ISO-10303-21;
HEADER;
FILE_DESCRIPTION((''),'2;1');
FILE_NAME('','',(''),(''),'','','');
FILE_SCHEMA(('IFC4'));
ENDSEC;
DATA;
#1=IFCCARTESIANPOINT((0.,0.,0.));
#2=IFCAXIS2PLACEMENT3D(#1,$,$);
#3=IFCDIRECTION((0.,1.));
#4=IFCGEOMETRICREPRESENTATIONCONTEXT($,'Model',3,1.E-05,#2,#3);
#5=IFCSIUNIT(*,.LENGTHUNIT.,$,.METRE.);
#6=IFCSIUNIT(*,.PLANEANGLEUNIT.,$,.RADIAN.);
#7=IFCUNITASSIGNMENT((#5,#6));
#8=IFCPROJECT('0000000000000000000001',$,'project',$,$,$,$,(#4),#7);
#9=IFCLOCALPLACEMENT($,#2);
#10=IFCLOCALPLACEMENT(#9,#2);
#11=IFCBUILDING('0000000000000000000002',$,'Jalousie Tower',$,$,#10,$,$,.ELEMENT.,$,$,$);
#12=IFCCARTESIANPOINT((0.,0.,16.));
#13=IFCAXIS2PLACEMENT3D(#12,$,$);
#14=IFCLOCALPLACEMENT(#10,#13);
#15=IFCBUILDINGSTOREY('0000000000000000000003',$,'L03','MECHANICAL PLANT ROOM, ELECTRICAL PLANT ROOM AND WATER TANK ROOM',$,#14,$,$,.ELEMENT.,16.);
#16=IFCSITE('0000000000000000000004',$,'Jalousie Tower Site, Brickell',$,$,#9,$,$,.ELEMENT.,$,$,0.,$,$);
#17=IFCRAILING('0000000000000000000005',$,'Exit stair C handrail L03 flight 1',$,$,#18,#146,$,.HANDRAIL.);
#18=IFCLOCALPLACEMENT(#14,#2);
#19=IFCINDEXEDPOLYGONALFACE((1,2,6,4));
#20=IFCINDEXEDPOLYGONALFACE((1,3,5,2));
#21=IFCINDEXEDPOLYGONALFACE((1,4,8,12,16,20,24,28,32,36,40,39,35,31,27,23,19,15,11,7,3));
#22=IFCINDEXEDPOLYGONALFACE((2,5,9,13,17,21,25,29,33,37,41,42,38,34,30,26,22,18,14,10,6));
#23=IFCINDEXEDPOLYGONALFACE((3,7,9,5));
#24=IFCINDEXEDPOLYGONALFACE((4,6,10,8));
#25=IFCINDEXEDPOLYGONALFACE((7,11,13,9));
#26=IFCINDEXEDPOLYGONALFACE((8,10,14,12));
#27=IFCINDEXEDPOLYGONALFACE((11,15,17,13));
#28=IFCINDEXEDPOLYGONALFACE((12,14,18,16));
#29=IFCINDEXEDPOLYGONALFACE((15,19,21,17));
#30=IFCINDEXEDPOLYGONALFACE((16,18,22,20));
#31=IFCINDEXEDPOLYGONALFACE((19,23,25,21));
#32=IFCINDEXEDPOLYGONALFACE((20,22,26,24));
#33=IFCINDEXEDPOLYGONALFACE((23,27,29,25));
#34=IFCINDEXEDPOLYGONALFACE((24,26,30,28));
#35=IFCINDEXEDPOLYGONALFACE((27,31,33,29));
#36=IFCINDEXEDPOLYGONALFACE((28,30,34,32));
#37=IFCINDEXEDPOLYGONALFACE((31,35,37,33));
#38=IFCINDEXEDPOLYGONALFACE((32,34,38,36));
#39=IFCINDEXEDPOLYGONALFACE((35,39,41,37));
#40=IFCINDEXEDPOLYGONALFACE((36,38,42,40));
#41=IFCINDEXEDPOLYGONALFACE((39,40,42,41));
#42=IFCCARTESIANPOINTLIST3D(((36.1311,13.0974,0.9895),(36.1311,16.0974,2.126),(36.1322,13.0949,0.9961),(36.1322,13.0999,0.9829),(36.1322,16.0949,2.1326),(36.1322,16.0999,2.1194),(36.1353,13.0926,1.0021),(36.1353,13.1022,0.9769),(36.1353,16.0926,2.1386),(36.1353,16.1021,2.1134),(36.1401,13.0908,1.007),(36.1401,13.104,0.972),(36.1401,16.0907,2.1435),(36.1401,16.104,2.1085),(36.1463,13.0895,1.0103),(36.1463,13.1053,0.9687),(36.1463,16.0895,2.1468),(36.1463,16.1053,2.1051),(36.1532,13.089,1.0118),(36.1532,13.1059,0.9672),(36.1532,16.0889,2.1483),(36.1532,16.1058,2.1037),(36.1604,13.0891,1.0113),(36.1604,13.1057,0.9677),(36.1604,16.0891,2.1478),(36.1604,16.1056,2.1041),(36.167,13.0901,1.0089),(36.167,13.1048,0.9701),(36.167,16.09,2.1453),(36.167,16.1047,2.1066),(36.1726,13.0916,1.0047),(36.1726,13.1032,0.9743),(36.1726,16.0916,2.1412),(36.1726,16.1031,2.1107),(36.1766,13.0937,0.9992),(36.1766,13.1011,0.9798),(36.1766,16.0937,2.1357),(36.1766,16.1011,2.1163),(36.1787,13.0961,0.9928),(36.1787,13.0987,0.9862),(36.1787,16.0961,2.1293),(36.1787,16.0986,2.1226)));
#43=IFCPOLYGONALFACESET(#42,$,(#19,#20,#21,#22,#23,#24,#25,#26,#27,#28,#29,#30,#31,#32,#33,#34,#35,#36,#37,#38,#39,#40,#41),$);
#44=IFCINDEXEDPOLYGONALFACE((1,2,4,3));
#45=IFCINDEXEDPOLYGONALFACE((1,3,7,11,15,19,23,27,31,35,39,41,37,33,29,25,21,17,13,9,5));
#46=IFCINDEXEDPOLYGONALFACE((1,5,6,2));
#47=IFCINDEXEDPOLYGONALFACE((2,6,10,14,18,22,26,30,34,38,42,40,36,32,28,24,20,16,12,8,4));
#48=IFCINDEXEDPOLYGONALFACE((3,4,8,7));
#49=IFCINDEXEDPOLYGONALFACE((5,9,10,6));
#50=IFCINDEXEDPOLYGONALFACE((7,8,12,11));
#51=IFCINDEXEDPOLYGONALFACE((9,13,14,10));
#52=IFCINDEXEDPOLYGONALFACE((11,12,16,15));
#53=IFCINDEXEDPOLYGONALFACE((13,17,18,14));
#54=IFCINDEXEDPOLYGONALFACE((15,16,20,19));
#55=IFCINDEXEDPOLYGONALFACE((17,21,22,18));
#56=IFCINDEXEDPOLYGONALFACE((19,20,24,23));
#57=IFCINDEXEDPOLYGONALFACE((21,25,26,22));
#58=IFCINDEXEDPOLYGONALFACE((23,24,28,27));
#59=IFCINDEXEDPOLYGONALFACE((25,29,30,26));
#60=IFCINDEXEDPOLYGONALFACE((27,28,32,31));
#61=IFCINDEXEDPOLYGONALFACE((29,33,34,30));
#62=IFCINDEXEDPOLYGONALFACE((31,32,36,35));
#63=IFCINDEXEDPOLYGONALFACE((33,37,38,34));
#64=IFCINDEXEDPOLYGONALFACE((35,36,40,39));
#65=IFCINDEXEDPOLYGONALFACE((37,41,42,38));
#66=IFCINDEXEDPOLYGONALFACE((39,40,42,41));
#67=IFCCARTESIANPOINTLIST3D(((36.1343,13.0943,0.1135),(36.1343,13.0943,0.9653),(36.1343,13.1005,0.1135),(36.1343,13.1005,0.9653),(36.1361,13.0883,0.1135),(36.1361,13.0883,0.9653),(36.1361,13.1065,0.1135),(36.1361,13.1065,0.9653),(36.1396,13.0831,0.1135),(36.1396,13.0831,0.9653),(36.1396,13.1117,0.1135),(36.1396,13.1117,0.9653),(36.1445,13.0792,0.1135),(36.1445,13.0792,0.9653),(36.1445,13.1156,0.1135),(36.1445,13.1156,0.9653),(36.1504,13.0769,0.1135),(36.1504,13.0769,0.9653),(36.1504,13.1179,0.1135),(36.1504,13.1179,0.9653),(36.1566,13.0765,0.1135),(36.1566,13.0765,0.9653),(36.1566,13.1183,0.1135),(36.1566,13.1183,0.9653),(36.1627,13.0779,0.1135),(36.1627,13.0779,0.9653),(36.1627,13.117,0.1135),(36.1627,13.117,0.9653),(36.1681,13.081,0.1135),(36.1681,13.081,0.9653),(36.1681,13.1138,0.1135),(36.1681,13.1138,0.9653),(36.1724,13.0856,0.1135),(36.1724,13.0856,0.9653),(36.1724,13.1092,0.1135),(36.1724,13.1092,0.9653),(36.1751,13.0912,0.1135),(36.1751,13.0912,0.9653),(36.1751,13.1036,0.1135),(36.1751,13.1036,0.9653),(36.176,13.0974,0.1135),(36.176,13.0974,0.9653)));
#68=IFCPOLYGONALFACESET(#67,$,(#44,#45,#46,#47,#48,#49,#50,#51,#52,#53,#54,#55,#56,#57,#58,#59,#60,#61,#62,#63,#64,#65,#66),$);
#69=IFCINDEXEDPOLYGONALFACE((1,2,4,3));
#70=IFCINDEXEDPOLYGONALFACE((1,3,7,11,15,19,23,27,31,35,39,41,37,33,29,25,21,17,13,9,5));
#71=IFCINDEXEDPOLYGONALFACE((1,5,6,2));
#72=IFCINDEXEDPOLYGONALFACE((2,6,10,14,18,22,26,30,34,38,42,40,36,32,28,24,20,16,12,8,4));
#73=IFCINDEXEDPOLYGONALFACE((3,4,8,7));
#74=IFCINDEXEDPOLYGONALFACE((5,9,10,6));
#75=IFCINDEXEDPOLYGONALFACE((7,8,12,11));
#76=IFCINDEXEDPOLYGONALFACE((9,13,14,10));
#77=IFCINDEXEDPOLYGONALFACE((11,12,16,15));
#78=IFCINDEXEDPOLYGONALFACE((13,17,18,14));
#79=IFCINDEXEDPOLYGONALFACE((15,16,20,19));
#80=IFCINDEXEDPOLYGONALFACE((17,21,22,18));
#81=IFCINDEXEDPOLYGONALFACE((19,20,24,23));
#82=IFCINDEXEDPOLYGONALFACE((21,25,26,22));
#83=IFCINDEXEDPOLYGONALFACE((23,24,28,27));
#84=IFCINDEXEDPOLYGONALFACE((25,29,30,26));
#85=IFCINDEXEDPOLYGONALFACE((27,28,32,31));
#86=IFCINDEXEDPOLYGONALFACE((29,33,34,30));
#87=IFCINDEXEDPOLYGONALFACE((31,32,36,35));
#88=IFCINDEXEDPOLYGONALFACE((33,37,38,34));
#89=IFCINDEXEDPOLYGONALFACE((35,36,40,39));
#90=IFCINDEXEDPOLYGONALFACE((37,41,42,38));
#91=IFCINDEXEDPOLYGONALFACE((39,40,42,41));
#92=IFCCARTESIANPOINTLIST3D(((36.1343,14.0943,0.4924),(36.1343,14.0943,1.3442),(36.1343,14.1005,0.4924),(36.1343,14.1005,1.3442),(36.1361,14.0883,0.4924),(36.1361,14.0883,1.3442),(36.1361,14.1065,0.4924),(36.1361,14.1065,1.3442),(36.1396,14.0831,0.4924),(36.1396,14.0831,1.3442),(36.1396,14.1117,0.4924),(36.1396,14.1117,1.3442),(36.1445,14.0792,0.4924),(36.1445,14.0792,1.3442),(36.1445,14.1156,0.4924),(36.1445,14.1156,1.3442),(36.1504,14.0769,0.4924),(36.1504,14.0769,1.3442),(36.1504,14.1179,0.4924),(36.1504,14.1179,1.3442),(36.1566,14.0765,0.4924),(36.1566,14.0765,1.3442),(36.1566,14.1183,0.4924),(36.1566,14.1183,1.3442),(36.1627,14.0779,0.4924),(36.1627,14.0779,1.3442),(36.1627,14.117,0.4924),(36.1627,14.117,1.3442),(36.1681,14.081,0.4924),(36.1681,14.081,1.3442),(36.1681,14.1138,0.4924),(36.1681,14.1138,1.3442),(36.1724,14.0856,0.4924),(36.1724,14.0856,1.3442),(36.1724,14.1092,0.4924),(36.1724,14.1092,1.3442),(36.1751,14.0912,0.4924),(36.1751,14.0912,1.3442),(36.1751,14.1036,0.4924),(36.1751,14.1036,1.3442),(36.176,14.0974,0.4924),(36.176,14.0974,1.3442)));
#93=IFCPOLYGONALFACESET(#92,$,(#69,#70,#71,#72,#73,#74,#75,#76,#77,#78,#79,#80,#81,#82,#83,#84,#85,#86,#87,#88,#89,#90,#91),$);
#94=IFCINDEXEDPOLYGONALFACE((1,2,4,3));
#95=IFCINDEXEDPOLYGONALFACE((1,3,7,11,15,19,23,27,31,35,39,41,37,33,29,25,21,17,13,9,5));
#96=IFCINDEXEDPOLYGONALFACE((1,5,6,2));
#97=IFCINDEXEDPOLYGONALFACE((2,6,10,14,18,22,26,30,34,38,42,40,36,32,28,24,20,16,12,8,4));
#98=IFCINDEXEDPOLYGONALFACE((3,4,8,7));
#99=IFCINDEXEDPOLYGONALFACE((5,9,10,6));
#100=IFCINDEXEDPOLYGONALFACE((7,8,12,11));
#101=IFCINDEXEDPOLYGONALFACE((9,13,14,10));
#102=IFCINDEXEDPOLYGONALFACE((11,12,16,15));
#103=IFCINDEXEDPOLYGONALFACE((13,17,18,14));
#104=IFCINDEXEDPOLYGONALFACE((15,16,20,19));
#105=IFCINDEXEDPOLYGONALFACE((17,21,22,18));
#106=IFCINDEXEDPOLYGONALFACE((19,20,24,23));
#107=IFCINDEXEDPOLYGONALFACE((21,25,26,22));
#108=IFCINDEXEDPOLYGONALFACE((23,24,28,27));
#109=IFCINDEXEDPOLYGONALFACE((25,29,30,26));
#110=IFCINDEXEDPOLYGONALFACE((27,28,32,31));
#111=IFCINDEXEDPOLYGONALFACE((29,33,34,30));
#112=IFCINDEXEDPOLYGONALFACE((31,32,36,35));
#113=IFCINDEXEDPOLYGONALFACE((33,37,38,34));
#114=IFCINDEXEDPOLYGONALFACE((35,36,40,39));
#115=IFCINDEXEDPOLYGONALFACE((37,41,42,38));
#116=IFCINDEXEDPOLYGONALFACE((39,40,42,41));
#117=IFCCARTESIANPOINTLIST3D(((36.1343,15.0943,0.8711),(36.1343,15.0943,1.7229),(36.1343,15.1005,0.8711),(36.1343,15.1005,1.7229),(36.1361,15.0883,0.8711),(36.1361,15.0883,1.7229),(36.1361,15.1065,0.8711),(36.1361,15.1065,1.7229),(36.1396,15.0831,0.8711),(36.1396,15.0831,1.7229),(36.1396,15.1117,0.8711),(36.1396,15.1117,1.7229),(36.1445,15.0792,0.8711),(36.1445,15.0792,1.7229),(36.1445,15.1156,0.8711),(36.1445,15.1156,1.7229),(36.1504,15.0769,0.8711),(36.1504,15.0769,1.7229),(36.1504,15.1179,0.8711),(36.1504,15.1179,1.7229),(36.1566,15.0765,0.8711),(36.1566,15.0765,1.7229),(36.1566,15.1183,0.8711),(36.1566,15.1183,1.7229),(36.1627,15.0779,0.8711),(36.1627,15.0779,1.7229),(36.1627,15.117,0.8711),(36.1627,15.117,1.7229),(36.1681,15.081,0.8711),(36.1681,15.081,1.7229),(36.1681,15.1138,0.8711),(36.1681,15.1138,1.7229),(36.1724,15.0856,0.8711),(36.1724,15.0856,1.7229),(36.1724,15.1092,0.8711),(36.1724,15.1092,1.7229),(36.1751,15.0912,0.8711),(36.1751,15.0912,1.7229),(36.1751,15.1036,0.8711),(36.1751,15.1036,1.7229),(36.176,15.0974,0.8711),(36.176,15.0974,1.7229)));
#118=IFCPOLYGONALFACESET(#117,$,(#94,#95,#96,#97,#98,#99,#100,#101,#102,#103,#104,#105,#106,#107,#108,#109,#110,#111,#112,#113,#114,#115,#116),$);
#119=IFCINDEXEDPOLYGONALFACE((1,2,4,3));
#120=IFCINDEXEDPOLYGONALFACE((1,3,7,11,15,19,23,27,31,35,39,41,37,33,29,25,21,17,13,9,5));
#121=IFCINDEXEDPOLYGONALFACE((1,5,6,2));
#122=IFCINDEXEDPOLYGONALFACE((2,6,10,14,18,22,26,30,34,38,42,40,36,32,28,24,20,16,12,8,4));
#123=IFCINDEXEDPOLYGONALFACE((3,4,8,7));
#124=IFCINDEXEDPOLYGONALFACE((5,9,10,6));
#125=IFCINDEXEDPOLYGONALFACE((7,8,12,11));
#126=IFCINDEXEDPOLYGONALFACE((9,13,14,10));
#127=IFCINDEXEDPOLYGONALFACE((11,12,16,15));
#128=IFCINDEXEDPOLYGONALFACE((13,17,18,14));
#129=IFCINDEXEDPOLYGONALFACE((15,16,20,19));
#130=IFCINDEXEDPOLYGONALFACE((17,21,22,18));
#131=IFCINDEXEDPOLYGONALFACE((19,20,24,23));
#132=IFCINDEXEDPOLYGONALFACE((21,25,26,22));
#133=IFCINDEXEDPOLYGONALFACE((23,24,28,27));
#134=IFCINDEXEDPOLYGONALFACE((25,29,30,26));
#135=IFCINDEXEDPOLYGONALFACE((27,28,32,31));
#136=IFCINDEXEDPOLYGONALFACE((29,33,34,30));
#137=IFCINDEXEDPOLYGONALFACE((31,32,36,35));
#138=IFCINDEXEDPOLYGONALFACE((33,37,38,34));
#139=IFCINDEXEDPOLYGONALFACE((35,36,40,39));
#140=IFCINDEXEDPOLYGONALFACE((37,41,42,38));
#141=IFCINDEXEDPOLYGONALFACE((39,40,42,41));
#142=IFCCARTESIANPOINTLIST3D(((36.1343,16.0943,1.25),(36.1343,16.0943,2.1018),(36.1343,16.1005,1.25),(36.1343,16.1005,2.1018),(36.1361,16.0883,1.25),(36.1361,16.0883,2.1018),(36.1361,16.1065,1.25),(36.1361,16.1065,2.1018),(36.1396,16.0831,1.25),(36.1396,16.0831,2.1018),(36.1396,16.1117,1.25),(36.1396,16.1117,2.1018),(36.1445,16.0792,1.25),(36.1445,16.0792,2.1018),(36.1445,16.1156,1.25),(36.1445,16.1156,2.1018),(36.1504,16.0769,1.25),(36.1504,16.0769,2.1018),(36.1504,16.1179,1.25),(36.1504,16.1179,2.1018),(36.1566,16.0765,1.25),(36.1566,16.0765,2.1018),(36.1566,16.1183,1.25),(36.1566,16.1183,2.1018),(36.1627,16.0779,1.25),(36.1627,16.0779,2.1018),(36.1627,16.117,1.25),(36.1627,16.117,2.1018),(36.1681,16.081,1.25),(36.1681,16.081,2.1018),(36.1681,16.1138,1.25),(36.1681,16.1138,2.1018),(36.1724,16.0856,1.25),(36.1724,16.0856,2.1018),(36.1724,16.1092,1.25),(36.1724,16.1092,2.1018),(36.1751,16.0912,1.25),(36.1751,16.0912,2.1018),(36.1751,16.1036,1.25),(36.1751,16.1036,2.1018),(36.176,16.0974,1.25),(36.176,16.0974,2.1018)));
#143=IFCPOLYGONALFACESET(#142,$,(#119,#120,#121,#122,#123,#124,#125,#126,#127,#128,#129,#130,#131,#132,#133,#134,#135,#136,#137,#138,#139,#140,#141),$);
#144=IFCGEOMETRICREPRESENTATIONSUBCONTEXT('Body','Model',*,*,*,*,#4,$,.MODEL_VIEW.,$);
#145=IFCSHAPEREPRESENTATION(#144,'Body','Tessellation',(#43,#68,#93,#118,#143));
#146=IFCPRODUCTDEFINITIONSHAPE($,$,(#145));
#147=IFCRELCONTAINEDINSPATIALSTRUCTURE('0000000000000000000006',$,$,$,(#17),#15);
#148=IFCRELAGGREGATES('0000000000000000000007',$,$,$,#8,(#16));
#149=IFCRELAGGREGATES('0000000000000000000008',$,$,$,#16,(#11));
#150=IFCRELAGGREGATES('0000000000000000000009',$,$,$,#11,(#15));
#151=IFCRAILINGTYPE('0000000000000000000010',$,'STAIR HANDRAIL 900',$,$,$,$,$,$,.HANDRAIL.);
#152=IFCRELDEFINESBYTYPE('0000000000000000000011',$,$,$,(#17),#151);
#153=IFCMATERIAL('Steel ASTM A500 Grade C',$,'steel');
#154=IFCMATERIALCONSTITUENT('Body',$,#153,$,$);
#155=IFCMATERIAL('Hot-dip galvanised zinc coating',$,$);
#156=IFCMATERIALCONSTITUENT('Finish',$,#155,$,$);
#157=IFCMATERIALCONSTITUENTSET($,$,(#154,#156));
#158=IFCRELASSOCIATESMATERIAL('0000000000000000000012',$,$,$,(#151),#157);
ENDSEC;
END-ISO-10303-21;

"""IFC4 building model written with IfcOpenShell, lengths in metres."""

from ifc_helpers import new_model, si_unit, direction, frame, origin, origin_2d, place, context, subcontext, project, spatial, circle, extrude, material, constituent, constituent_set, type_object, element, save


model = new_model("IFC4")

# Units and contexts
model_context = context("Model", 3, precision=1e-05, world=origin(), true_north=direction((0.0, 1.0)))
body_context = subcontext(model_context, "Body", "Model", "MODEL_VIEW")
ifc_project = project(units=[si_unit("LENGTHUNIT", "METRE"), si_unit("PLANEANGLEUNIT", "RADIAN")], contexts=[model_context])

# Site, building, storey
site_placement = place(None, origin())
site = spatial("IfcSite", under=ifc_project, at=site_placement, Name="Jalousie Tower Site, Brickell", CompositionType="ELEMENT", RefElevation=0.0)
building_placement = place(site_placement, origin())
building = spatial("IfcBuilding", under=site, at=building_placement, Name="Jalousie Tower", CompositionType="ELEMENT")
storey_placement = place(building_placement, frame((0.0, 0.0, 16.0)))
storey = spatial("IfcBuildingStorey", under=building, at=storey_placement, Name="L03", Description="MECHANICAL PLANT ROOM, ELECTRICAL PLANT ROOM AND WATER TANK ROOM", CompositionType="ELEMENT", Elevation=16.0)

# Railing
ifc_material_1 = material(Name="Steel ASTM A500 Grade C", Category="steel")
ifc_constituent_1 = constituent(ifc_material_1, Name="Body")
ifc_material_2 = material(Name="Hot-dip galvanised zinc coating")
ifc_constituent_2 = constituent(ifc_material_2, Name="Finish")
ifc_constituent_set_1 = constituent_set(constituents=[ifc_constituent_1, ifc_constituent_2])
railing_type_1 = type_object("IfcRailingType", Name="STAIR HANDRAIL 900", PredefinedType="HANDRAIL", material=ifc_constituent_set_1)
railing_1_placement = place(storey_placement, frame((36.155, 13.0974, 0.1135)))
element("IfcRailing", 1, at=railing_1_placement, inside=storey, type_object=railing_type_1, Name="Exit stair C handrail L03 flight 1", PredefinedType="HANDRAIL", context=body_context, shape_type="SweptSolid", body=[
    extrude(circle(Radius=0.0239, at=origin_2d()), frame((0.0, 0.0, 0.876), z_axis=(0.0, 0.935148, 0.354257), x_axis=(-1.0, 0.0, 0.0)), (0.0, 0.0, 1.0), 3.208),
    extrude(circle(Radius=0.021, at=origin_2d()), origin(), (0.0, 0.0, 1.0), 0.8518),
    extrude(circle(Radius=0.021, at=origin_2d()), frame((0.0, 1.0, 0.3789)), (0.0, 0.0, 1.0), 0.8518),
    extrude(circle(Radius=0.021, at=origin_2d()), frame((0.0, 2.0, 0.7576)), (0.0, 0.0, 1.0), 0.8518),
    extrude(circle(Radius=0.021, at=origin_2d()), frame((0.0, 3.0, 1.1365)), (0.0, 0.0, 1.0), 0.8518),
])

save(model, "model.ifc")
